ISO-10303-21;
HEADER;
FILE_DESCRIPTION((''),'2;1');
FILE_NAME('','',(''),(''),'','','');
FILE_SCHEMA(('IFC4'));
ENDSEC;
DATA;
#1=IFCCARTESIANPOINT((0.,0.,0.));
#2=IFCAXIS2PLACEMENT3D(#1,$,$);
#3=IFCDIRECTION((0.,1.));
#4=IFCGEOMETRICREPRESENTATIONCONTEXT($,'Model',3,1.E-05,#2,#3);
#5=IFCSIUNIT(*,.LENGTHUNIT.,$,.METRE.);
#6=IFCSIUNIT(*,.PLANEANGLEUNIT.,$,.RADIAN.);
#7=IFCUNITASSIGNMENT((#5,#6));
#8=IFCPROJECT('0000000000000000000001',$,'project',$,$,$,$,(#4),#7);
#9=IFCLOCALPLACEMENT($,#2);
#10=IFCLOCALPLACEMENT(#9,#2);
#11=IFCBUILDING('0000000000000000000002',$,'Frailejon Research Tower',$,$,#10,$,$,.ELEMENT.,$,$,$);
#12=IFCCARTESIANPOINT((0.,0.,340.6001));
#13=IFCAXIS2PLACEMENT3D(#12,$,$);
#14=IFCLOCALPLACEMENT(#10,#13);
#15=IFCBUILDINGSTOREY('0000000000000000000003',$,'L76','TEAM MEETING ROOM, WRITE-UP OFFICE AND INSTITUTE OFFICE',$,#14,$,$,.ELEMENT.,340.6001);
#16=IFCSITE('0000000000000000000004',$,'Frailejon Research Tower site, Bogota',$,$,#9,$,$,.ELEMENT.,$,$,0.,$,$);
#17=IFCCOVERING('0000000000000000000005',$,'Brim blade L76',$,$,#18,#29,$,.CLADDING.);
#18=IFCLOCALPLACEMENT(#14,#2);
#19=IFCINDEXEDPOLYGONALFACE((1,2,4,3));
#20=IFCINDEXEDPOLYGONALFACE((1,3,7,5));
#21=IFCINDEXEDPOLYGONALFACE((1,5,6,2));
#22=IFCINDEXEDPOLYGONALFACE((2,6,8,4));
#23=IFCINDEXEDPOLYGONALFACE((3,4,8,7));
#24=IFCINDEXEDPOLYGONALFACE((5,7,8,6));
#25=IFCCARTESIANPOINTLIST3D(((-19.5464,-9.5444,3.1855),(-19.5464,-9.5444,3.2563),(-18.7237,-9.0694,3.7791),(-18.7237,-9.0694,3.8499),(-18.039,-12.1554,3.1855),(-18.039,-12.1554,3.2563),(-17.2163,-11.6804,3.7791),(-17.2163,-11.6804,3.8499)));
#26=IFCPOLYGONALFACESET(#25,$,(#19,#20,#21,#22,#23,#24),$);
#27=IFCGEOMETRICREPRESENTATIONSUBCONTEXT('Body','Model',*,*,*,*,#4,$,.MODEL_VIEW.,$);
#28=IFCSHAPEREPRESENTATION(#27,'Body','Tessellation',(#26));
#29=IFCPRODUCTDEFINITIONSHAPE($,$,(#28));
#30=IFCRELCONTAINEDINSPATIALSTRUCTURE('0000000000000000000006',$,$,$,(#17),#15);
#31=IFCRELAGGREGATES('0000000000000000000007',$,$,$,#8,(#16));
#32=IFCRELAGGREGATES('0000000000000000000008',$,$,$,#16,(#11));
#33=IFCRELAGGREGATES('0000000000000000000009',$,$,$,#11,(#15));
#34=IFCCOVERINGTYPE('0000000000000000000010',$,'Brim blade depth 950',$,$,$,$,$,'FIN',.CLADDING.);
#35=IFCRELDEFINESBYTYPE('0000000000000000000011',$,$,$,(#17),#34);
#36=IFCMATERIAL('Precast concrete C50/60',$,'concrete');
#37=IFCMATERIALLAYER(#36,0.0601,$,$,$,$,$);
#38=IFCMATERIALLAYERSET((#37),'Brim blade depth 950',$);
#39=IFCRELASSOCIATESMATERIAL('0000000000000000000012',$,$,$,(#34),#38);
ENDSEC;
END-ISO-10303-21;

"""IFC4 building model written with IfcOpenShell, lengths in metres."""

from ifc_helpers import new_model, si_unit, direction, frame, origin, place, context, subcontext, project, spatial, polyline, outline, extrude, material, layer, layer_set, type_object, element, save


model = new_model("IFC4")

# Units and contexts
model_context = context("Model", 3, precision=1e-05, world=origin(), true_north=direction((0.0, 1.0)))
body_context = subcontext(model_context, "Body", "Model", "MODEL_VIEW")
ifc_project = project(units=[si_unit("LENGTHUNIT", "METRE"), si_unit("PLANEANGLEUNIT", "RADIAN")], contexts=[model_context])

# Site, building, storey
site_placement = place(None, origin())
site = spatial("IfcSite", under=ifc_project, at=site_placement, Name="Frailejon Research Tower site, Bogota", CompositionType="ELEMENT", RefElevation=0.0)
building_placement = place(site_placement, origin())
building = spatial("IfcBuilding", under=site, at=building_placement, Name="Frailejon Research Tower", CompositionType="ELEMENT")
storey_placement = place(building_placement, frame((0.0, 0.0, 340.6001)))
storey = spatial("IfcBuildingStorey", under=building, at=storey_placement, Name="L76", Description="TEAM MEETING ROOM, WRITE-UP OFFICE AND INSTITUTE OFFICE", CompositionType="ELEMENT", Elevation=340.6001)

# Covering
ifc_material_1 = material(Name="Precast concrete C50/60", Category="concrete")
ifc_layer_1 = layer(ifc_material_1, 0.0601)
ifc_layer_set_1 = layer_set([ifc_layer_1], Name="Brim blade depth 950")
covering_type_1 = type_object("IfcCoveringType", Name="Brim blade depth 950", ElementType="FIN", PredefinedType="CLADDING", material=ifc_layer_set_1)
covering_1_placement = place(storey_placement, frame((-17.2163, -11.6804, 3.8499), z_axis=(-0.499986, 0.866034, 0.0), x_axis=(-0.866034, -0.499986, 0.0)))
element("IfcCovering", 1, at=covering_1_placement, inside=storey, type_object=covering_type_1, Name="Brim blade L76", PredefinedType="CLADDING", context=body_context, shape_type="SweptSolid", body=[
    extrude(outline(polyline([(0.0, -0.0708), (0.95, -0.6643), (0.95, -0.5935), (0.0, 0.0), (0.0, -0.0708)])), origin(), (0.0, 0.0, 1.0), 3.0149),
])

save(model, "model.ifc")
